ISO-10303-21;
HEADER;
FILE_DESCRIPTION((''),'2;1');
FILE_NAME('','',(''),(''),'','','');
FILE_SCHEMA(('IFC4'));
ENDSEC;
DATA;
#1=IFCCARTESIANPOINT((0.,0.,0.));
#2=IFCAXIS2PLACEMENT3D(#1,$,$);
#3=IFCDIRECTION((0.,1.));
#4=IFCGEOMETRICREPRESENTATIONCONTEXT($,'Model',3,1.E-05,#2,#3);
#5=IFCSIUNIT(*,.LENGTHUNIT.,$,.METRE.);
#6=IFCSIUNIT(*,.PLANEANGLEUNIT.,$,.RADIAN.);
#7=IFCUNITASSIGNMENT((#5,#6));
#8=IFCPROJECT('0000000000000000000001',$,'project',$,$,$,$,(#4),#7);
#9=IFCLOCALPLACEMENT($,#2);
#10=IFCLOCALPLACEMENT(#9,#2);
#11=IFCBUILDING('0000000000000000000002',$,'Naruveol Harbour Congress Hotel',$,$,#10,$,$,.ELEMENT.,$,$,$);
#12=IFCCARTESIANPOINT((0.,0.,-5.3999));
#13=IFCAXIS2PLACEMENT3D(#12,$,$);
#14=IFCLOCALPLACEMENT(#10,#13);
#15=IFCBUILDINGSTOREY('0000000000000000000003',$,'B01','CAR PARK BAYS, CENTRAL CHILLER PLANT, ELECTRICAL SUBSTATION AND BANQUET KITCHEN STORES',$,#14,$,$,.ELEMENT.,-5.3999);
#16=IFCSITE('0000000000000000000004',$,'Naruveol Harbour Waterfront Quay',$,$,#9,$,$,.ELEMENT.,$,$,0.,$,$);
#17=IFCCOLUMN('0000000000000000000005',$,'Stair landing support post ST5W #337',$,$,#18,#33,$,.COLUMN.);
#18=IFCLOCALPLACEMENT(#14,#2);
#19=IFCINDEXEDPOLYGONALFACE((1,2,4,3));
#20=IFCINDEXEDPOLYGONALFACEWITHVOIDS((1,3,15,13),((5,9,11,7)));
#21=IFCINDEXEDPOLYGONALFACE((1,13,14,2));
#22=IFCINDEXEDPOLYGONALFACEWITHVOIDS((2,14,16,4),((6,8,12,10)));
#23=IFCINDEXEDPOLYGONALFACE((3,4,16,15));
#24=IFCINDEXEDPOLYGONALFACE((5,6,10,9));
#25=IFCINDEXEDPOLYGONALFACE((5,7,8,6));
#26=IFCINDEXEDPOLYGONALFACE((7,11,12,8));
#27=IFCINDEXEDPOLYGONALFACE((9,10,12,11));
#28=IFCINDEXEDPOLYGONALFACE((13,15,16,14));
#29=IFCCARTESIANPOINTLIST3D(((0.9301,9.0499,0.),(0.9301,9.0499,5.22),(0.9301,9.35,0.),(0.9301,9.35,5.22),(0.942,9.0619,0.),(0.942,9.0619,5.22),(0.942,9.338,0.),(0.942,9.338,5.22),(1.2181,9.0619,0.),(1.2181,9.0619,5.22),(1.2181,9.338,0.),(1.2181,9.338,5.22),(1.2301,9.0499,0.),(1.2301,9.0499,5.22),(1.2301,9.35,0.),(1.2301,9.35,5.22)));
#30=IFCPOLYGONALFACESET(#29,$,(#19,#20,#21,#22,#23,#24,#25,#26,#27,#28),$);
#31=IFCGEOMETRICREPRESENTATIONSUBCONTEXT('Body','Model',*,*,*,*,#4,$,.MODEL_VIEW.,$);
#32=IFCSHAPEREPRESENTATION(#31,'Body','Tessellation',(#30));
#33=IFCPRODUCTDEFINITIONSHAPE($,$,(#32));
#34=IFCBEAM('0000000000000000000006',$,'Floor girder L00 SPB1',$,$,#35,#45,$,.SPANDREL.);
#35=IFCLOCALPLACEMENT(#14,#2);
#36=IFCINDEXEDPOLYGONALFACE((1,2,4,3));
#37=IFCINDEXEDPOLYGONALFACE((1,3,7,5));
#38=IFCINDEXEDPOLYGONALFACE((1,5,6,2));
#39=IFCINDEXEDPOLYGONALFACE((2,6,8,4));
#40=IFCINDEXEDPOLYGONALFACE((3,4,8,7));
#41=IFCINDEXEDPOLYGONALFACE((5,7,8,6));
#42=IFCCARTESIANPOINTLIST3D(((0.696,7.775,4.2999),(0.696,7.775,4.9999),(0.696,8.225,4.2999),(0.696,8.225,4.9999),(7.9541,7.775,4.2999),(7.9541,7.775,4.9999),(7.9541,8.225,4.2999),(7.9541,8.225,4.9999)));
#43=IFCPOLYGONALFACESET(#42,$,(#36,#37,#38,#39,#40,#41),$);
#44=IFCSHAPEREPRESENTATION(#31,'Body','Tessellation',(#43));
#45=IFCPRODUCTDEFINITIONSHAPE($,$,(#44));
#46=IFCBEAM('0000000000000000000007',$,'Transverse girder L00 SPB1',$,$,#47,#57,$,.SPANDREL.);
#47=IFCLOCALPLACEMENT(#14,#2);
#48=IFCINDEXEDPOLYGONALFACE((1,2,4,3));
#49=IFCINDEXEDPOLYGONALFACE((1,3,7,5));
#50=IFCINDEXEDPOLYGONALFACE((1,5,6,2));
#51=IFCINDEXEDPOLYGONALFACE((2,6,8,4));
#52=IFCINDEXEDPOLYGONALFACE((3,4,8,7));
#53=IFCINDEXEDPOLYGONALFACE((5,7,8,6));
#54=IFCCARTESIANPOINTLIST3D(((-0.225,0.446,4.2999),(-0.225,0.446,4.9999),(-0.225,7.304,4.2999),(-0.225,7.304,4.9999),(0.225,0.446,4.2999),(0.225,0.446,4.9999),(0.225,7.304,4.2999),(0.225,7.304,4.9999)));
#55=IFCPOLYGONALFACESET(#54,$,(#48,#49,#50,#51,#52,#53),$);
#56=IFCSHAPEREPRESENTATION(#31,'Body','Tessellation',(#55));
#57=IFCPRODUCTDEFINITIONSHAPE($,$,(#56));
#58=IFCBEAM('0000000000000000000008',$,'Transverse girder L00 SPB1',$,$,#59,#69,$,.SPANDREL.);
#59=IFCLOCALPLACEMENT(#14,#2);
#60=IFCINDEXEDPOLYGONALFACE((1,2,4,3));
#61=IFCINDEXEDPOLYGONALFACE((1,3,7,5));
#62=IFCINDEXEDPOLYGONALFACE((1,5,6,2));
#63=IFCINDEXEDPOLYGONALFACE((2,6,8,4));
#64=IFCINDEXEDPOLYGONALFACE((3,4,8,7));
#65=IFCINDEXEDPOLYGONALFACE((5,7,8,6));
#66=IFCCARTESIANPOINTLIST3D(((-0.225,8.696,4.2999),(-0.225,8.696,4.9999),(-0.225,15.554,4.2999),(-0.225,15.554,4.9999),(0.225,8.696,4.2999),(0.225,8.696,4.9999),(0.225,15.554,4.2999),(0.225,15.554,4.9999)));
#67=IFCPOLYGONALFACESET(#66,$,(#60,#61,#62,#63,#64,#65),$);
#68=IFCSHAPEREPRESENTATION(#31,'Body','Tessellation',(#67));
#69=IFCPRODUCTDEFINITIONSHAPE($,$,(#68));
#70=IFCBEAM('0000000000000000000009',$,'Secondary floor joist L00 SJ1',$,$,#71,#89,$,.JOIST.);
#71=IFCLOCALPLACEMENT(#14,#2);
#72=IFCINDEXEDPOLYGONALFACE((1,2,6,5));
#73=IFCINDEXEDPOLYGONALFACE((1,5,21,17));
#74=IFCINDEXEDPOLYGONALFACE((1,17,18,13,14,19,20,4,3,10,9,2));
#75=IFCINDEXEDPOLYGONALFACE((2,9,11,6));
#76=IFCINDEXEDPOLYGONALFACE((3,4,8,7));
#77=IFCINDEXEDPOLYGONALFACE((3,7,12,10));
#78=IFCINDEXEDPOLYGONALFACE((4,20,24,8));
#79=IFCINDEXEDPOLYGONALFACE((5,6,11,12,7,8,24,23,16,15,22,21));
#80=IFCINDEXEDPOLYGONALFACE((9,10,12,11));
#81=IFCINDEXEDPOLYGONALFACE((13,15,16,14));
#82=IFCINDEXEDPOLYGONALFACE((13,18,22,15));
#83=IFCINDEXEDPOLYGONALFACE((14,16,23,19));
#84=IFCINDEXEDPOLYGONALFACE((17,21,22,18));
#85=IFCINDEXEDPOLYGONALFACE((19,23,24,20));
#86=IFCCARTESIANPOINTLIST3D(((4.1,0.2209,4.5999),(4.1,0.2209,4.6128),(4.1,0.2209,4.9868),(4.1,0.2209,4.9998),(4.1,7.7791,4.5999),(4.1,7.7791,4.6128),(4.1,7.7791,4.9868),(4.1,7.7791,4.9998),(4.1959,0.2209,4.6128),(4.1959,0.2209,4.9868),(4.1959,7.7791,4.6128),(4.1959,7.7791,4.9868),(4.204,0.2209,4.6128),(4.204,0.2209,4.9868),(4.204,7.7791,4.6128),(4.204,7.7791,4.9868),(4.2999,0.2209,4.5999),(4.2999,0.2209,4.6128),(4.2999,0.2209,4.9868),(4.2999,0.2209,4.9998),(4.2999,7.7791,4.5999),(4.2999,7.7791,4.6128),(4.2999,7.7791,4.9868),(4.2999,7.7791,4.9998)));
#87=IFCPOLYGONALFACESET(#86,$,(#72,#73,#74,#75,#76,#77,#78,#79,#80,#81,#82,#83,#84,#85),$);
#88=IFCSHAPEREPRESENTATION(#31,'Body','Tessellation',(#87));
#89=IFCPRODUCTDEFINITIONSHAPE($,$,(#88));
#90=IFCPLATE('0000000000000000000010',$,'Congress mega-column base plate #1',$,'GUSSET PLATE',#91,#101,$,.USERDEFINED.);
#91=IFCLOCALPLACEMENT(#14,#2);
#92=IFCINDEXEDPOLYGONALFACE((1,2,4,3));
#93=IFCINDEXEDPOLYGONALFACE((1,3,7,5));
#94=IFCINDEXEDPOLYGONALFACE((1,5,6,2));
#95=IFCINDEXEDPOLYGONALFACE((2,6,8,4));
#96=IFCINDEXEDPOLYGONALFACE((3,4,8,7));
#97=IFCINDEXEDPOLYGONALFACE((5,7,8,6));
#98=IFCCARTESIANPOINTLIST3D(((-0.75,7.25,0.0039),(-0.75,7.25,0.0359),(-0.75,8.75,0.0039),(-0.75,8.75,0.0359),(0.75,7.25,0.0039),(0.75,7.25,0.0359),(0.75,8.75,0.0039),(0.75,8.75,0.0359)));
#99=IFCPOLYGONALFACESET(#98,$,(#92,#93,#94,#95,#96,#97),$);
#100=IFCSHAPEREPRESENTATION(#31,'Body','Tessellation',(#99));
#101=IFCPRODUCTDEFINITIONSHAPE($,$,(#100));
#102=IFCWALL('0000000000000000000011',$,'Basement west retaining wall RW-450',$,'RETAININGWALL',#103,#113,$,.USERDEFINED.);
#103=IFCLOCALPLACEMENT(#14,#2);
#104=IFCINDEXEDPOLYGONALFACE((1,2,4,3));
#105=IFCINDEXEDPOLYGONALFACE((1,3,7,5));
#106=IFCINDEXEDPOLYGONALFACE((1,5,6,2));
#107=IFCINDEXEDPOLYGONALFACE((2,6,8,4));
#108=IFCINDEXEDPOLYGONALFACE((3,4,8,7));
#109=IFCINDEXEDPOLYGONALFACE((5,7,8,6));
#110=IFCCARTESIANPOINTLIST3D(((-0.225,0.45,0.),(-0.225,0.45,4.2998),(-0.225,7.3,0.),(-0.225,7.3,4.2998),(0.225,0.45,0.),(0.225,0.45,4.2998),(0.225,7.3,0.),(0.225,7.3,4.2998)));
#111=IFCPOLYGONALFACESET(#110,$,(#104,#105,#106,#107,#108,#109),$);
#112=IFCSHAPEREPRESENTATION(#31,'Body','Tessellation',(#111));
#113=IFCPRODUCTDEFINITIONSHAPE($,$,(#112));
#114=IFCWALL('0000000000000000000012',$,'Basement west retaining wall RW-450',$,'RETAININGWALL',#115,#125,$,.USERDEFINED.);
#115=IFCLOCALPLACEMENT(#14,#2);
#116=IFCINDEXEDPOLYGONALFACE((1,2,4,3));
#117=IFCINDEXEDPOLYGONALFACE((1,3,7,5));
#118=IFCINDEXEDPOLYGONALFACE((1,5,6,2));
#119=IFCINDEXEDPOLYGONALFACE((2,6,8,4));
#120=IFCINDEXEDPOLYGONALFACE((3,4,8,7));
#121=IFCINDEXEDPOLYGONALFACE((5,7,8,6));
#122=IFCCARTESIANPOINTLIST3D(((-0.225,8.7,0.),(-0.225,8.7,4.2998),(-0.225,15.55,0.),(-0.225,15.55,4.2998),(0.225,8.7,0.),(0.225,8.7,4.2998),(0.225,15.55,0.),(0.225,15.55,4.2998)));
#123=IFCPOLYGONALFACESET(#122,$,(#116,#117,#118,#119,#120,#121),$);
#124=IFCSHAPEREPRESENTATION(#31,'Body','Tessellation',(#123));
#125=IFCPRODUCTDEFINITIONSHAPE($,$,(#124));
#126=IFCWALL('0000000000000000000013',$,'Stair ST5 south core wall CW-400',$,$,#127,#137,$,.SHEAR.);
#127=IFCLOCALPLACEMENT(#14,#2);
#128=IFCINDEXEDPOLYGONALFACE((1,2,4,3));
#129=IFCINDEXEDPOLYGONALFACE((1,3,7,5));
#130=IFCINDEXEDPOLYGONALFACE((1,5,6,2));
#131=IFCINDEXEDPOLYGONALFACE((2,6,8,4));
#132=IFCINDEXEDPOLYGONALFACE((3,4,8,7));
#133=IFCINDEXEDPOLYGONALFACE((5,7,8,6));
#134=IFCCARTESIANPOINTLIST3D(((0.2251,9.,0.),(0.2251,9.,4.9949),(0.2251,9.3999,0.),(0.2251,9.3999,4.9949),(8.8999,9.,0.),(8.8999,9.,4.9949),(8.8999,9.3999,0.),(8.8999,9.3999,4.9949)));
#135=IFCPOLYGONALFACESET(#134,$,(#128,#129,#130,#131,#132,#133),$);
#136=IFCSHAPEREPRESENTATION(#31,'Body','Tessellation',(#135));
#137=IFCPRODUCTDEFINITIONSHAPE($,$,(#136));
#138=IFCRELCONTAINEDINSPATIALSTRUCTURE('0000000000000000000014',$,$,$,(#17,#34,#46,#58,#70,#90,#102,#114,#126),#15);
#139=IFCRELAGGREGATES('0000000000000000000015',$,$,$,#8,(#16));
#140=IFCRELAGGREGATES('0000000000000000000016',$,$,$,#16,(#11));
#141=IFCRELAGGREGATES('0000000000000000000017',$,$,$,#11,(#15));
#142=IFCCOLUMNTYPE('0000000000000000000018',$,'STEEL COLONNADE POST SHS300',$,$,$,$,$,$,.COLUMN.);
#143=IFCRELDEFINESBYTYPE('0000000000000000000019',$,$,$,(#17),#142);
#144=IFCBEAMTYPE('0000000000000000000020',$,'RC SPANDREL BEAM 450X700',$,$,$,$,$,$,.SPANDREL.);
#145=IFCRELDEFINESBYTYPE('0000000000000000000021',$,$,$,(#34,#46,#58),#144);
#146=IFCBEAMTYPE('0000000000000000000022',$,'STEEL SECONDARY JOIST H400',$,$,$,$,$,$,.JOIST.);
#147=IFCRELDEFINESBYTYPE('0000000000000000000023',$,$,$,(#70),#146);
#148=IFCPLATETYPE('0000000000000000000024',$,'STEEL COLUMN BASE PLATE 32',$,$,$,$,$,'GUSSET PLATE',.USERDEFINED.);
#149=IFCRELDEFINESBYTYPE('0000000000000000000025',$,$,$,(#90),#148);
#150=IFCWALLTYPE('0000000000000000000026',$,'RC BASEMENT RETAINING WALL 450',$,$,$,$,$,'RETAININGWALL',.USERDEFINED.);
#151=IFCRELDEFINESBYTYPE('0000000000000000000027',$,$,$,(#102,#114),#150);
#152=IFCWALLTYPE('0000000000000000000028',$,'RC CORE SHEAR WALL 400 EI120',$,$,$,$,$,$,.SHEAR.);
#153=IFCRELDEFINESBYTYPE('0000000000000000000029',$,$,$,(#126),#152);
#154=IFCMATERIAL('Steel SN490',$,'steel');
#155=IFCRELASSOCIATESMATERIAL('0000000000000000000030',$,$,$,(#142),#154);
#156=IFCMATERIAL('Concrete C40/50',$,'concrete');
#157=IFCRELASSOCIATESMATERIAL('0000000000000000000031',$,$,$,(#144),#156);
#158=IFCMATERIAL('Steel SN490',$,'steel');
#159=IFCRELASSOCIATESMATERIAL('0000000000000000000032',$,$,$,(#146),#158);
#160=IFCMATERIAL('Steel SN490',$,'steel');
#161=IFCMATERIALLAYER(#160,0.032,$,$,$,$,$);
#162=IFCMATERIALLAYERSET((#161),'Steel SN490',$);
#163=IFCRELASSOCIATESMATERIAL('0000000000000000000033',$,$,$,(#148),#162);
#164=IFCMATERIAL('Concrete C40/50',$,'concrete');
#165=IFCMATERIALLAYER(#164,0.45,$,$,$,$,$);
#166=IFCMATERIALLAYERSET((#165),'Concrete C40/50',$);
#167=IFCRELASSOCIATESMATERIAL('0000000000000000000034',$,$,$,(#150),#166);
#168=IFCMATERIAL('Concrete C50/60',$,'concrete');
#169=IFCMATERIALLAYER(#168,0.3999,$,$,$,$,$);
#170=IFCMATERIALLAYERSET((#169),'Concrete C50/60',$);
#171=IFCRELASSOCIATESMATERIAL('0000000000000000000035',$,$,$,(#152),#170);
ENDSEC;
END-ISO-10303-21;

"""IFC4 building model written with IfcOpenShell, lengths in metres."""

from ifc_helpers import new_model, si_unit, direction, frame, frame_2d, origin, origin_2d, place, context, subcontext, project, spatial, rectangle, hollow_rectangle, i_section, extrude, material, layer, layer_set, material_profile, profile_set, type_object, element, save


model = new_model("IFC4")

# Units and contexts
model_context = context("Model", 3, precision=1e-05, world=origin(), true_north=direction((0.0, 1.0)))
body_context = subcontext(model_context, "Body", "Model", "MODEL_VIEW")
ifc_project = project(units=[si_unit("LENGTHUNIT", "METRE"), si_unit("PLANEANGLEUNIT", "RADIAN")], contexts=[model_context])

# Site, building, storey
site_placement = place(None, origin())
site = spatial("IfcSite", under=ifc_project, at=site_placement, Name="Naruveol Harbour Waterfront Quay", CompositionType="ELEMENT", RefElevation=0.0)
building_placement = place(site_placement, origin())
building = spatial("IfcBuilding", under=site, at=building_placement, Name="Naruveol Harbour Congress Hotel", CompositionType="ELEMENT")
storey_placement = place(building_placement, frame((0.0, 0.0, -5.3999)))
storey = spatial("IfcBuildingStorey", under=building, at=storey_placement, Name="B01", Description="CAR PARK BAYS, CENTRAL CHILLER PLANT, ELECTRICAL SUBSTATION AND BANQUET KITCHEN STORES", CompositionType="ELEMENT", Elevation=-5.3999)

# Column
ifc_material_1 = material(Name="Steel SN490", Category="steel")
ifc_material_profile_1 = material_profile(ifc_material_1, hollow_rectangle(XDim=0.3, YDim=0.3, WallThickness=0.012, at=origin_2d()), Name="SHS-300x300x12")
ifc_profile_set_1 = profile_set([ifc_material_profile_1], Name="Steel SN490")
column_type_1 = type_object("IfcColumnType", Name="STEEL COLONNADE POST SHS300", PredefinedType="COLUMN", material=ifc_profile_set_1)
column_1_placement = place(storey_placement, frame((1.0801, 9.2, 0.0), z_axis=(0.0, 0.0, 1.0), x_axis=(1.0, 0.0, 0.0)))
element("IfcColumn", 1, at=column_1_placement, inside=storey, type_object=column_type_1, Name="Stair landing support post ST5W #337", PredefinedType="COLUMN", context=body_context, shape_type="SweptSolid", body=[
    extrude(hollow_rectangle(XDim=0.3, YDim=0.3, WallThickness=0.012, at=origin_2d()), origin(), (0.0, 0.0, 1.0), 5.22),
])

# Beams
ifc_material_2 = material(Name="Concrete C40/50", Category="concrete")
ifc_material_profile_2 = material_profile(ifc_material_2, rectangle(XDim=0.45, YDim=0.7, at=origin_2d()), Name="RCB-450x700")
ifc_profile_set_2 = profile_set([ifc_material_profile_2], Name="Concrete C40/50")
beam_type_1 = type_object("IfcBeamType", Name="RC SPANDREL BEAM 450X700", PredefinedType="SPANDREL", material=ifc_profile_set_2)
beam_1_placement = place(storey_placement, frame((0.696, 8.0, 4.6499), z_axis=(1.0, 0.0, 0.0), x_axis=(0.0, 1.0, 0.0)))
element("IfcBeam", 2, at=beam_1_placement, inside=storey, type_object=beam_type_1, Name="Floor girder L00 SPB1", PredefinedType="SPANDREL", context=body_context, shape_type="SweptSolid", body=[
    extrude(rectangle(XDim=0.45, YDim=0.7, at=origin_2d()), origin(), (0.0, 0.0, 1.0), 7.2581),
])
for number, where, z_axis, x_axis, name in (
    (3, (0.0, 0.446, 4.6499), (0.0, 1.0, 0.0), (-1.0, 0.0, 0.0), "Transverse girder L00 SPB1"),
    (4, (0.0, 8.696, 4.6499), (0.0, 1.0, 0.0), (-1.0, 0.0, 0.0), "Transverse girder L00 SPB1"),
):
    element("IfcBeam", number, at=place(storey_placement, frame(where, z_axis=z_axis, x_axis=x_axis)), inside=storey, type_object=beam_type_1, Name=name, PredefinedType="SPANDREL", context=body_context, shape_type="SweptSolid", body=[
        extrude(rectangle(XDim=0.45, YDim=0.7, at=origin_2d()), origin(), (0.0, 0.0, 1.0), 6.8579),
    ])
ifc_material_3 = material(Name="Steel SN490", Category="steel")
ifc_material_profile_3 = material_profile(ifc_material_3, i_section(OverallWidth=0.2, OverallDepth=0.3999, WebThickness=0.0081, FlangeThickness=0.0129, at=origin_2d()), Name="H-400x200x8x13")
ifc_profile_set_3 = profile_set([ifc_material_profile_3], Name="Steel SN490")
beam_type_2 = type_object("IfcBeamType", Name="STEEL SECONDARY JOIST H400", PredefinedType="JOIST", material=ifc_profile_set_3)
beam_2_placement = place(storey_placement, frame((4.2, 0.2209, 4.7998), z_axis=(0.0, 1.0, 0.0), x_axis=(-1.0, 0.0, 0.0)))
element("IfcBeam", 5, at=beam_2_placement, inside=storey, type_object=beam_type_2, Name="Secondary floor joist L00 SJ1", PredefinedType="JOIST", context=body_context, shape_type="SweptSolid", body=[
    extrude(i_section(OverallWidth=0.2, OverallDepth=0.3999, WebThickness=0.0081, FlangeThickness=0.0129, at=origin_2d()), origin(), (0.0, 0.0, 1.0), 7.5581),
])

# Plate
ifc_material_4 = material(Name="Steel SN490", Category="steel")
ifc_layer_1 = layer(ifc_material_4, 0.032)
ifc_layer_set_1 = layer_set([ifc_layer_1], Name="Steel SN490")
plate_type = type_object("IfcPlateType", Name="STEEL COLUMN BASE PLATE 32", ElementType="GUSSET PLATE", PredefinedType="USERDEFINED", material=ifc_layer_set_1)
plate_placement = place(storey_placement, frame((0.0, 8.0, 0.0039), z_axis=(0.0, 0.0, 1.0), x_axis=(1.0, 0.0, 0.0)))
element("IfcPlate", 6, at=plate_placement, inside=storey, type_object=plate_type, Name="Congress mega-column base plate #1", ObjectType="GUSSET PLATE", PredefinedType="USERDEFINED", context=body_context, shape_type="SweptSolid", body=[
    extrude(rectangle(XDim=1.5, YDim=1.5, at=origin_2d()), origin(), (0.0, 0.0, 1.0), 0.032),
])

# Walls
ifc_material_5 = material(Name="Concrete C40/50", Category="concrete")
ifc_layer_2 = layer(ifc_material_5, 0.45)
ifc_layer_set_2 = layer_set([ifc_layer_2], Name="Concrete C40/50")
wall_type_1 = type_object("IfcWallType", Name="RC BASEMENT RETAINING WALL 450", ElementType="RETAININGWALL", PredefinedType="USERDEFINED", material=ifc_layer_set_2)
for number, where, z_axis, x_axis, name in (
    (7, (0.0, 0.45, 0.0), (0.0, 0.0, 1.0), (0.0, 1.0, 0.0), "Basement west retaining wall RW-450"),
    (8, (0.0, 8.7, 0.0), (0.0, 0.0, 1.0), (0.0, 1.0, 0.0), "Basement west retaining wall RW-450"),
):
    element("IfcWall", number, at=place(storey_placement, frame(where, z_axis=z_axis, x_axis=x_axis)), inside=storey, type_object=wall_type_1, Name=name, ObjectType="RETAININGWALL", PredefinedType="USERDEFINED", context=body_context, shape_type="SweptSolid", body=[
        extrude(rectangle(XDim=6.8501, YDim=0.45, at=frame_2d((3.425, 0.0))), origin(), (0.0, 0.0, 1.0), 4.2998),
    ])
ifc_material_6 = material(Name="Concrete C50/60", Category="concrete")
ifc_layer_3 = layer(ifc_material_6, 0.3999)
ifc_layer_set_3 = layer_set([ifc_layer_3], Name="Concrete C50/60")
wall_type_2 = type_object("IfcWallType", Name="RC CORE SHEAR WALL 400 EI120", PredefinedType="SHEAR", material=ifc_layer_set_3)
wall_placement = place(storey_placement, frame((0.2251, 9.2, 0.0), z_axis=(0.0, 0.0, 1.0), x_axis=(1.0, 0.0, 0.0)))
element("IfcWall", 9, at=wall_placement, inside=storey, type_object=wall_type_2, Name="Stair ST5 south core wall CW-400", PredefinedType="SHEAR", context=body_context, shape_type="SweptSolid", body=[
    extrude(rectangle(XDim=8.6748, YDim=0.3999, at=frame_2d((4.3374, 0.0))), origin(), (0.0, 0.0, 1.0), 4.9949),
])

save(model, "model.ifc")
